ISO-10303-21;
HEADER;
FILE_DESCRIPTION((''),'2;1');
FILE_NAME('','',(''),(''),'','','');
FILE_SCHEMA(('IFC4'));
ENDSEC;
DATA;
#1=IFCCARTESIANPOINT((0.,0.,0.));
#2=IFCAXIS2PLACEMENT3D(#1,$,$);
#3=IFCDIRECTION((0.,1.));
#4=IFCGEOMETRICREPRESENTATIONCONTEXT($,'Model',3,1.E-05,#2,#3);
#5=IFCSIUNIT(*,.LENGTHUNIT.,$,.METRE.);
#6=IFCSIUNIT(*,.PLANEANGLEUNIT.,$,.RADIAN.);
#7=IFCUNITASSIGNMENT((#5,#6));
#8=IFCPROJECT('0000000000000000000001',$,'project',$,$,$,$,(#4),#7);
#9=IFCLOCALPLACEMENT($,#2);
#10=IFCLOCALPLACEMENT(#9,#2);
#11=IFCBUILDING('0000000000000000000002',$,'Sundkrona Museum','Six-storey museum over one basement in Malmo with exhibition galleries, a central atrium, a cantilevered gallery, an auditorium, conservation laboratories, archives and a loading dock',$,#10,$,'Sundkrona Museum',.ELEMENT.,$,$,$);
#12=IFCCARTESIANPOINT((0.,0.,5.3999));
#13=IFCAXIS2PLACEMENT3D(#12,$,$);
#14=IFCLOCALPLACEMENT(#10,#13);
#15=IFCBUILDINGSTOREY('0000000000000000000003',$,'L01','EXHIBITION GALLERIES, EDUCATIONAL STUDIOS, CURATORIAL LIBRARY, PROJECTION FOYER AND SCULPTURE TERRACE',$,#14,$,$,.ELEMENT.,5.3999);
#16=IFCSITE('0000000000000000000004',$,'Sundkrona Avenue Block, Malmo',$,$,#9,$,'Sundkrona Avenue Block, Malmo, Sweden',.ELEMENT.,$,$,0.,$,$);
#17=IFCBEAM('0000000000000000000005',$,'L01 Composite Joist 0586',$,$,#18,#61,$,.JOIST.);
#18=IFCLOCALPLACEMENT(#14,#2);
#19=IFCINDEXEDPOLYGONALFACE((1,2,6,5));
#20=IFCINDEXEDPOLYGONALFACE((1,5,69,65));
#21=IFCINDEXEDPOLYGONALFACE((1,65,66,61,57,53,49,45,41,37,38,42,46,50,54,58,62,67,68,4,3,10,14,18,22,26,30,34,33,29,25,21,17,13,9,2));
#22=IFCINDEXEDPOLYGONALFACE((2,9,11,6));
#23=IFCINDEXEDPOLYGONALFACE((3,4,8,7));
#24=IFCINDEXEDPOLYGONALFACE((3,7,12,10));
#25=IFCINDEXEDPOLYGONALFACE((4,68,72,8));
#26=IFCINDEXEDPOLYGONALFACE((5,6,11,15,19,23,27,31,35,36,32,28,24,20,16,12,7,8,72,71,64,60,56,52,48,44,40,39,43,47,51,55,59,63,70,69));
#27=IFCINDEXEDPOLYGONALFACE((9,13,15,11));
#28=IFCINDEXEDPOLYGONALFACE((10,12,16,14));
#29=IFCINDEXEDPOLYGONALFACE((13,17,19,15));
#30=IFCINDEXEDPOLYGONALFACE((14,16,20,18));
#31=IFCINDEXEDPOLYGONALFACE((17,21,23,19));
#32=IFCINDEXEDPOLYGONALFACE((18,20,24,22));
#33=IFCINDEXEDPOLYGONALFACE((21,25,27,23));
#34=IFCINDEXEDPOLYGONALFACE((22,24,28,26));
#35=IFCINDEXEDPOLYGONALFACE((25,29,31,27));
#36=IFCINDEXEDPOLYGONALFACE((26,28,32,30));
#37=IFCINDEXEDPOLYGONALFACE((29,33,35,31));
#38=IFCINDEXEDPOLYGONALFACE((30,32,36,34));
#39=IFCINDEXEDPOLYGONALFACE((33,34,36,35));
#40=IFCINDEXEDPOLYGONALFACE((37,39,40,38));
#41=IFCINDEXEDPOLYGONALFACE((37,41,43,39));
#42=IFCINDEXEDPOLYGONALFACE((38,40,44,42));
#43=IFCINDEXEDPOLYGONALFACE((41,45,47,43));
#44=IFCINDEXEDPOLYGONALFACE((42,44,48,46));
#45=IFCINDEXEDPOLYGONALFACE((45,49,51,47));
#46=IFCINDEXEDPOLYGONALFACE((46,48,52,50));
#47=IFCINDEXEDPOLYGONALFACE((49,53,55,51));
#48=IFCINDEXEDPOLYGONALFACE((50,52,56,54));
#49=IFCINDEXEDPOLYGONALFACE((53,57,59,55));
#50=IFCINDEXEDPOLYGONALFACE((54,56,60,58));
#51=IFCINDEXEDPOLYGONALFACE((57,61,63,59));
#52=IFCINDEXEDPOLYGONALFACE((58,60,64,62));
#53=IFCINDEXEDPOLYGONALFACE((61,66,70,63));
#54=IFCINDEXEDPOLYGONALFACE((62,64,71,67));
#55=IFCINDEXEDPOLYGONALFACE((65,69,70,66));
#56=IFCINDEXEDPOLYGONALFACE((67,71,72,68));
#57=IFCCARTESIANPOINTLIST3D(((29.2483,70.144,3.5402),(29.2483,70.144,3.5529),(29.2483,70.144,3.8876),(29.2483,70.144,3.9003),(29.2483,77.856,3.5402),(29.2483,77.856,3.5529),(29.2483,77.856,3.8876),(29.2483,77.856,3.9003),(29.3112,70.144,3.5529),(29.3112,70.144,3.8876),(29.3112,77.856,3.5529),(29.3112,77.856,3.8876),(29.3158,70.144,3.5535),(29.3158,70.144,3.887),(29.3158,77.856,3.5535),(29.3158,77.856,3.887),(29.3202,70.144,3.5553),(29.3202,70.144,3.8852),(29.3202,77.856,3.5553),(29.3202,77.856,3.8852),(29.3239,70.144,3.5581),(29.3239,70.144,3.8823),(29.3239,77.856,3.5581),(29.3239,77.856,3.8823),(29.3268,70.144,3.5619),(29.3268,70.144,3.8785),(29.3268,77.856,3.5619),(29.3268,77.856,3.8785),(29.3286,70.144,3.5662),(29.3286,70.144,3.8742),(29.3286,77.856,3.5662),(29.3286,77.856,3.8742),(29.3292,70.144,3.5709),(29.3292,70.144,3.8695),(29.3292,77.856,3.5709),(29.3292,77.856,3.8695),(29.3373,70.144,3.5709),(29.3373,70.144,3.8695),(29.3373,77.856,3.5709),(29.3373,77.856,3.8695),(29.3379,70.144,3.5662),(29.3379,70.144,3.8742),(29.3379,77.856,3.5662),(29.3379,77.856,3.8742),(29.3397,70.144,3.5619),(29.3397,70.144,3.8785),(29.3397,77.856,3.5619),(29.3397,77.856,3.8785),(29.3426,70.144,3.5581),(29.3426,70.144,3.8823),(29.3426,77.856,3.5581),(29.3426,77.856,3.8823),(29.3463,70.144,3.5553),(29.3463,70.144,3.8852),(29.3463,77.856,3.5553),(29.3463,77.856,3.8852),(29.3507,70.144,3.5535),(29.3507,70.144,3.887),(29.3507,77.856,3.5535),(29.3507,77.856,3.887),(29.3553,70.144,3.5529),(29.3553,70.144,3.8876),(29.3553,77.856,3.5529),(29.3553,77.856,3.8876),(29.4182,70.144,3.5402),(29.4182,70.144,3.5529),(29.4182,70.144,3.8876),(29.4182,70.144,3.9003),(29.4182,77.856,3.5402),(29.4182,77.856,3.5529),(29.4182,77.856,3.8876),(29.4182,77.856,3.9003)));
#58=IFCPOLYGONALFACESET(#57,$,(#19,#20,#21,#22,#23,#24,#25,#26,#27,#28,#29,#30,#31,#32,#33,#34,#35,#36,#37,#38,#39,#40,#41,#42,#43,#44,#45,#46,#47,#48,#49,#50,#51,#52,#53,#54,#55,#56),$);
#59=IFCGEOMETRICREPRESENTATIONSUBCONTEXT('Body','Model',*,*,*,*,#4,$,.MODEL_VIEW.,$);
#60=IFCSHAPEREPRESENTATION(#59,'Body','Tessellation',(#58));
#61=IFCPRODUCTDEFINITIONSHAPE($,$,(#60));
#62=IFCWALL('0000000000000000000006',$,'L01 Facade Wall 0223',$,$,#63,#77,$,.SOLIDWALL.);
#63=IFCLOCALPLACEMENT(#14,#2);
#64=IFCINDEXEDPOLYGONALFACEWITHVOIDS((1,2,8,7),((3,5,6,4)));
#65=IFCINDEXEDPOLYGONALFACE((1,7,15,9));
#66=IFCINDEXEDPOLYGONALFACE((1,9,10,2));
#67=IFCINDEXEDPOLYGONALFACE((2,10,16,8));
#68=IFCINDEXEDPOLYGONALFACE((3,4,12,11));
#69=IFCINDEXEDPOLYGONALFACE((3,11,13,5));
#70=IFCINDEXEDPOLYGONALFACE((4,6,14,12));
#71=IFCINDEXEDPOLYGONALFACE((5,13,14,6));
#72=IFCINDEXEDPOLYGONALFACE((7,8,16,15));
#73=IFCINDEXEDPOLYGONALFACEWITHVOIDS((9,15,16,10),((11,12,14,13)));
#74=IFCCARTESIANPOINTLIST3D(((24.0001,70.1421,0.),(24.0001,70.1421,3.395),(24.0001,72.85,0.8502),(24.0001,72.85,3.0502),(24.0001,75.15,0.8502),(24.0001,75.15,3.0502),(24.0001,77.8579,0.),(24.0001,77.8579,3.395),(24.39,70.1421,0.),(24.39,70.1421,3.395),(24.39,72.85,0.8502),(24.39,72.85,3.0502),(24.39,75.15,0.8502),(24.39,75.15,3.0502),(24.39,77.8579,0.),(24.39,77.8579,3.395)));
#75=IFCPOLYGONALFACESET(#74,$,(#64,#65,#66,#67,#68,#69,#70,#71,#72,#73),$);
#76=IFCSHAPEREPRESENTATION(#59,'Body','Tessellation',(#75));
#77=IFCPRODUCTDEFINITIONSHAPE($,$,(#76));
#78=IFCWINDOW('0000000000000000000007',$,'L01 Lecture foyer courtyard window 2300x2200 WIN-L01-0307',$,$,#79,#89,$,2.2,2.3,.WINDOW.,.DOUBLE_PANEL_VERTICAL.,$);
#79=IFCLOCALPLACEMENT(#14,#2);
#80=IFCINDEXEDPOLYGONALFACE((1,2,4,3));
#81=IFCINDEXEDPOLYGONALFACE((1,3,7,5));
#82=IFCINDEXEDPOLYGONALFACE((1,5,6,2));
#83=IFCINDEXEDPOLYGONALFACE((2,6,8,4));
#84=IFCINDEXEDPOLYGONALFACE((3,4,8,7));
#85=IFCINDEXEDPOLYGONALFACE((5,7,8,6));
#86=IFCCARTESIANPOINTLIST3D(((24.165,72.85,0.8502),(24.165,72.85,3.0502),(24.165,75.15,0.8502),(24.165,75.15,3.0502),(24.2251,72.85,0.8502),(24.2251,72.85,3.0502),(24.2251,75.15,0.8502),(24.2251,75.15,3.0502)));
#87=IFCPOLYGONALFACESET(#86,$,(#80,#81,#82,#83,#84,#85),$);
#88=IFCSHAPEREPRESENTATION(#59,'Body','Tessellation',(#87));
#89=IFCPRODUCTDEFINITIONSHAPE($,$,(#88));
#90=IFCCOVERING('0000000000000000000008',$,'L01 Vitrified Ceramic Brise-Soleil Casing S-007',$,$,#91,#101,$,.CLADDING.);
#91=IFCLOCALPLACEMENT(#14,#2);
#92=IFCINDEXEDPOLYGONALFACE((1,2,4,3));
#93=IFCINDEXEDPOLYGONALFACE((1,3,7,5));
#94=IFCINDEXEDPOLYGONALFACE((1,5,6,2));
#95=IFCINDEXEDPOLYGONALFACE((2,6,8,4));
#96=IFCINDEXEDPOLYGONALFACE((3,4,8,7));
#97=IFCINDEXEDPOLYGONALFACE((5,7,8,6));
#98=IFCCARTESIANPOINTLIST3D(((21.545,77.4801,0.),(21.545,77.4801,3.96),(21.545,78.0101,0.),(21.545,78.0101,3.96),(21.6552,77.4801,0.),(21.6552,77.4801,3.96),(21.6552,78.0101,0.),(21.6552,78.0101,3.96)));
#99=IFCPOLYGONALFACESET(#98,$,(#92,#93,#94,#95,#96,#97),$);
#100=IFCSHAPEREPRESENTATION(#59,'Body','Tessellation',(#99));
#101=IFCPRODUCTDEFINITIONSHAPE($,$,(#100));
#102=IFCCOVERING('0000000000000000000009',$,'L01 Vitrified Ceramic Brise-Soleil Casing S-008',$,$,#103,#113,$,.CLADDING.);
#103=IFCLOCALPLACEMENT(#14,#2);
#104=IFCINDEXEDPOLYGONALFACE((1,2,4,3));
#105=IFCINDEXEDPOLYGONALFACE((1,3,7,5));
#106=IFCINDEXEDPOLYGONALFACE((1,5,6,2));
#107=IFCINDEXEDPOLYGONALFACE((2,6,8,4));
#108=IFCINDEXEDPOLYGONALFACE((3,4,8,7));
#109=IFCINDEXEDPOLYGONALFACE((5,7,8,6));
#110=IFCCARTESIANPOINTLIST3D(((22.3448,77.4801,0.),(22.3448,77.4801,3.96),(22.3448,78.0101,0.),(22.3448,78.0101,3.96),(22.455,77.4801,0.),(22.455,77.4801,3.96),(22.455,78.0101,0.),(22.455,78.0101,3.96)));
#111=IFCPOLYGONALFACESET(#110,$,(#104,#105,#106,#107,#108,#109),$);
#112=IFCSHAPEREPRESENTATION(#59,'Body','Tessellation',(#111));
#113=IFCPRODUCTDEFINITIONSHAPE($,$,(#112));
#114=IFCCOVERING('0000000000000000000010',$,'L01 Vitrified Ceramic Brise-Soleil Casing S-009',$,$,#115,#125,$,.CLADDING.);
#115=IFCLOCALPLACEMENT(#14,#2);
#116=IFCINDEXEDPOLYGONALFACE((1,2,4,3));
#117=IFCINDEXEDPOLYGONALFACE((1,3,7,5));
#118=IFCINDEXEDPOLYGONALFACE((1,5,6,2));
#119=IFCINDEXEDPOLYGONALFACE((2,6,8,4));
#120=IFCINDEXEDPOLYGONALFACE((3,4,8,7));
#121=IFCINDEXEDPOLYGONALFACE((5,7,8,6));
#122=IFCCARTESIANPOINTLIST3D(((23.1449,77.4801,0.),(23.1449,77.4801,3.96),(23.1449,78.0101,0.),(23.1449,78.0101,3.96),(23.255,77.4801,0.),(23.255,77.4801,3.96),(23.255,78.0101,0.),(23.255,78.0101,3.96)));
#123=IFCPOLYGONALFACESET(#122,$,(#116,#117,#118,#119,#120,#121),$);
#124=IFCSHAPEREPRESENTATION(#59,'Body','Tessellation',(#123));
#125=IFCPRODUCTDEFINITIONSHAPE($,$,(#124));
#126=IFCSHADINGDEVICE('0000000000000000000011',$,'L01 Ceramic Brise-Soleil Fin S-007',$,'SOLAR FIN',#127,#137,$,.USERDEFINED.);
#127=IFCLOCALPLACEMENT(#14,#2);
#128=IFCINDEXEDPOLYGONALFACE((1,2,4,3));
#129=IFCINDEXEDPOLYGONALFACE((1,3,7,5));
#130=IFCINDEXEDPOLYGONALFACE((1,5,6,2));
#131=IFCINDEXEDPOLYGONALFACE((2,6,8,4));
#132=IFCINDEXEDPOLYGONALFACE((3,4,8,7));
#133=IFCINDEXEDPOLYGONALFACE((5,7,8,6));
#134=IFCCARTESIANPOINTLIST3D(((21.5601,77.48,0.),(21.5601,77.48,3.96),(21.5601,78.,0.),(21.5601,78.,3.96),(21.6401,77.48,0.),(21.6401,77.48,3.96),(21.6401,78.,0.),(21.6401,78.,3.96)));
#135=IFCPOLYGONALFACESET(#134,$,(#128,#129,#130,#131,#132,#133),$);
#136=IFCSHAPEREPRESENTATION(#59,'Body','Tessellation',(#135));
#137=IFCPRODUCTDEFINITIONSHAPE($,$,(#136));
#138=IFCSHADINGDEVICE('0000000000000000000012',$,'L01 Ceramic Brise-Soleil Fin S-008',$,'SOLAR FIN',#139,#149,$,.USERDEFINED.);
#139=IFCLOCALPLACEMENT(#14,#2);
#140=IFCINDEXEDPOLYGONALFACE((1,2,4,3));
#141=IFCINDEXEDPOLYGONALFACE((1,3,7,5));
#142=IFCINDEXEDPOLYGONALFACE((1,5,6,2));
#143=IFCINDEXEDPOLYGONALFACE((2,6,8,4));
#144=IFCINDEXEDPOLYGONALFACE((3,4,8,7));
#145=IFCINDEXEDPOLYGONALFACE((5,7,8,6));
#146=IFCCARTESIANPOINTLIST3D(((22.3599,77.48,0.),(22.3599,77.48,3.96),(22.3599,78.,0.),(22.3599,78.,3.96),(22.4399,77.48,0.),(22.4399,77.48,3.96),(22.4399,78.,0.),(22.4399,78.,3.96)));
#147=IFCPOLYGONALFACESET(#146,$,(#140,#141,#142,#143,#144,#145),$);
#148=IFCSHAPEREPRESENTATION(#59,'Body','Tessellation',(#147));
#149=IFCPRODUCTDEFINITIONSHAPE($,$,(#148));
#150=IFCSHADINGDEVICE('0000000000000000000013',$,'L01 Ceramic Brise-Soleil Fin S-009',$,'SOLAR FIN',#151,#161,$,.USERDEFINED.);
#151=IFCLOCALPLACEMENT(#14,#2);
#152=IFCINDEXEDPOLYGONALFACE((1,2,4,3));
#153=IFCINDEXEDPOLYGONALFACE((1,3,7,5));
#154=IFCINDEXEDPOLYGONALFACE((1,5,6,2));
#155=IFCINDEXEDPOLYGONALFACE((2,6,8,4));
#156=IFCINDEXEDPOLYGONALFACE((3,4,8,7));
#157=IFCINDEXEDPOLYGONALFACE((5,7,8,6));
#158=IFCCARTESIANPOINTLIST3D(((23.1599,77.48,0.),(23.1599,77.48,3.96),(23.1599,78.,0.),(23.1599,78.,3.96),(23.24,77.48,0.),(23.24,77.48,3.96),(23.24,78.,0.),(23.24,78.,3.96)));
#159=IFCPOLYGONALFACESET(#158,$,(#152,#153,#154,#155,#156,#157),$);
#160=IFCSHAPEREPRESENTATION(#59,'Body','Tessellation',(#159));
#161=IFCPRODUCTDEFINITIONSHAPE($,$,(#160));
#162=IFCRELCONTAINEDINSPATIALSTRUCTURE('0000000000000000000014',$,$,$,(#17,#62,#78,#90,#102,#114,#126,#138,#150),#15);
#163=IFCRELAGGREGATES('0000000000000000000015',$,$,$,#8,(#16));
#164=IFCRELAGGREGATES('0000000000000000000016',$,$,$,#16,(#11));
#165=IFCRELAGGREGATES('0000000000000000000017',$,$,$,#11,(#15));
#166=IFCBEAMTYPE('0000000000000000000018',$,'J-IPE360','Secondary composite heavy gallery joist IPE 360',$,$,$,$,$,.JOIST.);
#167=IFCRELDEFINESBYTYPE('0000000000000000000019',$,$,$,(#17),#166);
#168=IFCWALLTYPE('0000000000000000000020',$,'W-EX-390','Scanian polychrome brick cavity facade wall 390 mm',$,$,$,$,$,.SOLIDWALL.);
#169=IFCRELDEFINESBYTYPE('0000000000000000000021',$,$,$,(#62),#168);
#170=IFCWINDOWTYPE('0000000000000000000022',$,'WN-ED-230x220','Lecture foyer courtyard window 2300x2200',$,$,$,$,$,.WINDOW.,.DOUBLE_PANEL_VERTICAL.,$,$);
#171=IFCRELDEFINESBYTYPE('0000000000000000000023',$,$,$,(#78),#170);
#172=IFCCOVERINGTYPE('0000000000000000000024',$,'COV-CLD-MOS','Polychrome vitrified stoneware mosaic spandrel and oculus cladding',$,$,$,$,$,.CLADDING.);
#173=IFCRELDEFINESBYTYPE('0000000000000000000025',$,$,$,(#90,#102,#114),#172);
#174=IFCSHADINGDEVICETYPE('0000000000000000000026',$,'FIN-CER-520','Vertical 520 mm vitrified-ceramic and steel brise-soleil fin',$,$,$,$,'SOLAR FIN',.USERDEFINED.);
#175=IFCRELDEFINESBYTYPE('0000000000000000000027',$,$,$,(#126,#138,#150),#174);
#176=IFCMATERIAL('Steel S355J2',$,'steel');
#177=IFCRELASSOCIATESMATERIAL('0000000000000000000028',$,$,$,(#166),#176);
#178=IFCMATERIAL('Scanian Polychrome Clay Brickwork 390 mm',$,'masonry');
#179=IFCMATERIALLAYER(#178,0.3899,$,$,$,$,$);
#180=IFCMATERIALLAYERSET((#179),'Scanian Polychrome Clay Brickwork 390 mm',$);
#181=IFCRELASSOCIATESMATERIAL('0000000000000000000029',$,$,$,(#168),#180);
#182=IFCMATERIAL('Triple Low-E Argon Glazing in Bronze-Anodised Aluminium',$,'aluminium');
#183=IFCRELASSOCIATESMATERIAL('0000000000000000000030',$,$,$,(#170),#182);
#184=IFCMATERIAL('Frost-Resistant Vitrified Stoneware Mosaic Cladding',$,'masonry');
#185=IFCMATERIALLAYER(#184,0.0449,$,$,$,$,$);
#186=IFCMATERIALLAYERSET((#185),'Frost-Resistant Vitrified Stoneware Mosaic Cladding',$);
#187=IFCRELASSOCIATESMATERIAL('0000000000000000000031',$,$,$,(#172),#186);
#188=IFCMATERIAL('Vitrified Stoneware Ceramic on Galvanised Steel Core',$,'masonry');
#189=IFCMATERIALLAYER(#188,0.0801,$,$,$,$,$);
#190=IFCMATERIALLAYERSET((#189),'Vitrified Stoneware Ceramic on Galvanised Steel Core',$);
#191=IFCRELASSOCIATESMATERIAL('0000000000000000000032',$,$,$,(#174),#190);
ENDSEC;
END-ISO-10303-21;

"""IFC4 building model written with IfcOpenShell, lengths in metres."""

from ifc_helpers import new_model, si_unit, direction, frame, frame_2d, origin, origin_2d, place, context, subcontext, project, spatial, rectangle, i_section, extrude, material, layer, layer_set, material_profile, profile_set, type_object, element, fill, save


model = new_model("IFC4")

# Units and contexts
model_context = context("Model", 3, precision=1e-05, world=origin(), true_north=direction((0.0, 1.0)))
body_context = subcontext(model_context, "Body", "Model", "MODEL_VIEW")
ifc_project = project(units=[si_unit("LENGTHUNIT", "METRE"), si_unit("PLANEANGLEUNIT", "RADIAN")], contexts=[model_context])

# Site, building, storey
site_placement = place(None, origin())
site = spatial("IfcSite", under=ifc_project, at=site_placement, Name="Sundkrona Avenue Block, Malmo", LongName="Sundkrona Avenue Block, Malmo, Sweden", CompositionType="ELEMENT", RefElevation=0.0)
building_placement = place(site_placement, origin())
building = spatial("IfcBuilding", under=site, at=building_placement, Name="Sundkrona Museum", Description="Six-storey museum over one basement in Malmo with exhibition galleries, a central atrium, a cantilevered gallery, an auditorium, conservation laboratories, archives and a loading dock", LongName="Sundkrona Museum", CompositionType="ELEMENT")
storey_placement = place(building_placement, frame((0.0, 0.0, 5.3999)))
storey = spatial("IfcBuildingStorey", under=building, at=storey_placement, Name="L01", Description="EXHIBITION GALLERIES, EDUCATIONAL STUDIOS, CURATORIAL LIBRARY, PROJECTION FOYER AND SCULPTURE TERRACE", CompositionType="ELEMENT", Elevation=5.3999)

# Shared definitions
ifc_material_1 = material(Name="Steel S355J2", Category="steel")

# Beam
ifc_material_profile_1 = material_profile(ifc_material_1, i_section(OverallWidth=0.1699, OverallDepth=0.3601, WebThickness=0.0081, FlangeThickness=0.0127, FilletRadius=0.0181, at=origin_2d()), Name="IPE 360")
ifc_profile_set_1 = profile_set([ifc_material_profile_1], Name="Steel S355J2")
beam_type_1 = type_object("IfcBeamType", Name="J-IPE360", Description="Secondary composite heavy gallery joist IPE 360", PredefinedType="JOIST", material=ifc_profile_set_1)
beam_1_placement = place(storey_placement, frame((29.3333, 70.144, 3.7202), z_axis=(0.0, 1.0, 0.0), x_axis=(-1.0, 0.0, 0.0)))
element("IfcBeam", 1, at=beam_1_placement, inside=storey, type_object=beam_type_1, Name="L01 Composite Joist 0586", PredefinedType="JOIST", context=body_context, shape_type="SweptSolid", body=[
    extrude(i_section(OverallWidth=0.1699, OverallDepth=0.3601, WebThickness=0.0081, FlangeThickness=0.0127, FilletRadius=0.0181, at=origin_2d()), origin(), (0.0, 0.0, 1.0), 7.7119),
])

# Wall, opening, window
ifc_material_2 = material(Name="Scanian Polychrome Clay Brickwork 390 mm", Category="masonry")
ifc_layer_1 = layer(ifc_material_2, 0.3899)
ifc_layer_set_1 = layer_set([ifc_layer_1], Name="Scanian Polychrome Clay Brickwork 390 mm")
wall_type = type_object("IfcWallType", Name="W-EX-390", Description="Scanian polychrome brick cavity facade wall 390 mm", PredefinedType="SOLIDWALL", material=ifc_layer_set_1)
wall_placement = place(storey_placement, frame((24.1951, 70.1421, 0.0), z_axis=(0.0, 0.0, 1.0), x_axis=(0.0, 1.0, 0.0)))
wall = element("IfcWall", 2, at=wall_placement, inside=storey, type_object=wall_type, Name="L01 Facade Wall 0223", PredefinedType="SOLIDWALL", context=body_context, shape_type="SweptSolid", body=[
    extrude(rectangle(XDim=7.7158, YDim=0.3899, at=frame_2d((3.8579, 0.0))), origin(), (0.0, 0.0, 1.0), 3.395),
])
opening_placement = place(wall_placement, frame((2.708, 0.0, 0.8501)))
opening = element("IfcOpeningElement", 3, at=opening_placement, cuts=wall, PredefinedType="OPENING", context=body_context, shape_type="SweptSolid", body=[
    extrude(rectangle(XDim=2.3, YDim=2.2, at=frame_2d((1.1499, 1.1001))), frame((0.0, 0.2048, 0.0), z_axis=(0.0, -1.0, 0.0), x_axis=(1.0, 0.0, 0.0)), (0.0, 0.0, 1.0), 0.4099),
])
ifc_material_3 = material(Name="Triple Low-E Argon Glazing in Bronze-Anodised Aluminium", Category="aluminium")
window_type = type_object("IfcWindowType", Name="WN-ED-230x220", Description="Lecture foyer courtyard window 2300x2200", PartitioningType="DOUBLE_PANEL_VERTICAL", PredefinedType="WINDOW", material=ifc_material_3)
window_placement = place(opening_placement, origin())
window = element("IfcWindow", 4, at=window_placement, inside=storey, type_object=window_type, Name="L01 Lecture foyer courtyard window 2300x2200 WIN-L01-0307", OverallHeight=2.2, OverallWidth=2.3, PartitioningType="DOUBLE_PANEL_VERTICAL", PredefinedType="WINDOW", context=body_context, shape_type="SweptSolid", body=[
    extrude(rectangle(XDim=2.3, YDim=2.2, at=frame_2d((1.1499, 1.1001))), frame((0.0, 0.03, 0.0), z_axis=(0.0, -1.0, 0.0), x_axis=(1.0, 0.0, 0.0)), (0.0, 0.0, 1.0), 0.0601),
])
fill(opening, window)

# Coverings
ifc_material_4 = material(Name="Frost-Resistant Vitrified Stoneware Mosaic Cladding", Category="masonry")
ifc_layer_2 = layer(ifc_material_4, 0.0449)
ifc_layer_set_2 = layer_set([ifc_layer_2], Name="Frost-Resistant Vitrified Stoneware Mosaic Cladding")
covering_type = type_object("IfcCoveringType", Name="COV-CLD-MOS", Description="Polychrome vitrified stoneware mosaic spandrel and oculus cladding", PredefinedType="CLADDING", material=ifc_layer_set_2)
for number, where, z_axis, x_axis, name in (
    (5, (21.6001, 77.7451, 0.0), (0.0, 0.0, 1.0), (1.0, 0.0, 0.0), "L01 Vitrified Ceramic Brise-Soleil Casing S-007"),
    (6, (22.3999, 77.7451, 0.0), (0.0, 0.0, 1.0), (1.0, 0.0, 0.0), "L01 Vitrified Ceramic Brise-Soleil Casing S-008"),
    (7, (23.2, 77.7451, 0.0), (0.0, 0.0, 1.0), (1.0, 0.0, 0.0), "L01 Vitrified Ceramic Brise-Soleil Casing S-009"),
):
    element("IfcCovering", number, at=place(storey_placement, frame(where, z_axis=z_axis, x_axis=x_axis)), inside=storey, type_object=covering_type, Name=name, PredefinedType="CLADDING", context=body_context, shape_type="SweptSolid", body=[
        extrude(rectangle(XDim=0.1101, YDim=0.53, at=origin_2d()), origin(), (0.0, 0.0, 1.0), 3.96),
    ])

# Shading devices
ifc_material_5 = material(Name="Vitrified Stoneware Ceramic on Galvanised Steel Core", Category="masonry")
ifc_layer_3 = layer(ifc_material_5, 0.0801)
ifc_layer_set_3 = layer_set([ifc_layer_3], Name="Vitrified Stoneware Ceramic on Galvanised Steel Core")
shading_device_type = type_object("IfcShadingDeviceType", Name="FIN-CER-520", Description="Vertical 520 mm vitrified-ceramic and steel brise-soleil fin", ElementType="SOLAR FIN", PredefinedType="USERDEFINED", material=ifc_layer_set_3)
for number, where, z_axis, x_axis, name in (
    (8, (21.6001, 77.74, 0.0), (0.0, 0.0, 1.0), (1.0, 0.0, 0.0), "L01 Ceramic Brise-Soleil Fin S-007"),
    (9, (22.3999, 77.74, 0.0), (0.0, 0.0, 1.0), (1.0, 0.0, 0.0), "L01 Ceramic Brise-Soleil Fin S-008"),
    (10, (23.2, 77.74, 0.0), (0.0, 0.0, 1.0), (1.0, 0.0, 0.0), "L01 Ceramic Brise-Soleil Fin S-009"),
):
    element("IfcShadingDevice", number, at=place(storey_placement, frame(where, z_axis=z_axis, x_axis=x_axis)), inside=storey, type_object=shading_device_type, Name=name, ObjectType="SOLAR FIN", PredefinedType="USERDEFINED", context=body_context, shape_type="SweptSolid", body=[
        extrude(rectangle(XDim=0.0801, YDim=0.52, at=origin_2d()), origin(), (0.0, 0.0, 1.0), 3.96),
    ])

save(model, "model.ifc")
